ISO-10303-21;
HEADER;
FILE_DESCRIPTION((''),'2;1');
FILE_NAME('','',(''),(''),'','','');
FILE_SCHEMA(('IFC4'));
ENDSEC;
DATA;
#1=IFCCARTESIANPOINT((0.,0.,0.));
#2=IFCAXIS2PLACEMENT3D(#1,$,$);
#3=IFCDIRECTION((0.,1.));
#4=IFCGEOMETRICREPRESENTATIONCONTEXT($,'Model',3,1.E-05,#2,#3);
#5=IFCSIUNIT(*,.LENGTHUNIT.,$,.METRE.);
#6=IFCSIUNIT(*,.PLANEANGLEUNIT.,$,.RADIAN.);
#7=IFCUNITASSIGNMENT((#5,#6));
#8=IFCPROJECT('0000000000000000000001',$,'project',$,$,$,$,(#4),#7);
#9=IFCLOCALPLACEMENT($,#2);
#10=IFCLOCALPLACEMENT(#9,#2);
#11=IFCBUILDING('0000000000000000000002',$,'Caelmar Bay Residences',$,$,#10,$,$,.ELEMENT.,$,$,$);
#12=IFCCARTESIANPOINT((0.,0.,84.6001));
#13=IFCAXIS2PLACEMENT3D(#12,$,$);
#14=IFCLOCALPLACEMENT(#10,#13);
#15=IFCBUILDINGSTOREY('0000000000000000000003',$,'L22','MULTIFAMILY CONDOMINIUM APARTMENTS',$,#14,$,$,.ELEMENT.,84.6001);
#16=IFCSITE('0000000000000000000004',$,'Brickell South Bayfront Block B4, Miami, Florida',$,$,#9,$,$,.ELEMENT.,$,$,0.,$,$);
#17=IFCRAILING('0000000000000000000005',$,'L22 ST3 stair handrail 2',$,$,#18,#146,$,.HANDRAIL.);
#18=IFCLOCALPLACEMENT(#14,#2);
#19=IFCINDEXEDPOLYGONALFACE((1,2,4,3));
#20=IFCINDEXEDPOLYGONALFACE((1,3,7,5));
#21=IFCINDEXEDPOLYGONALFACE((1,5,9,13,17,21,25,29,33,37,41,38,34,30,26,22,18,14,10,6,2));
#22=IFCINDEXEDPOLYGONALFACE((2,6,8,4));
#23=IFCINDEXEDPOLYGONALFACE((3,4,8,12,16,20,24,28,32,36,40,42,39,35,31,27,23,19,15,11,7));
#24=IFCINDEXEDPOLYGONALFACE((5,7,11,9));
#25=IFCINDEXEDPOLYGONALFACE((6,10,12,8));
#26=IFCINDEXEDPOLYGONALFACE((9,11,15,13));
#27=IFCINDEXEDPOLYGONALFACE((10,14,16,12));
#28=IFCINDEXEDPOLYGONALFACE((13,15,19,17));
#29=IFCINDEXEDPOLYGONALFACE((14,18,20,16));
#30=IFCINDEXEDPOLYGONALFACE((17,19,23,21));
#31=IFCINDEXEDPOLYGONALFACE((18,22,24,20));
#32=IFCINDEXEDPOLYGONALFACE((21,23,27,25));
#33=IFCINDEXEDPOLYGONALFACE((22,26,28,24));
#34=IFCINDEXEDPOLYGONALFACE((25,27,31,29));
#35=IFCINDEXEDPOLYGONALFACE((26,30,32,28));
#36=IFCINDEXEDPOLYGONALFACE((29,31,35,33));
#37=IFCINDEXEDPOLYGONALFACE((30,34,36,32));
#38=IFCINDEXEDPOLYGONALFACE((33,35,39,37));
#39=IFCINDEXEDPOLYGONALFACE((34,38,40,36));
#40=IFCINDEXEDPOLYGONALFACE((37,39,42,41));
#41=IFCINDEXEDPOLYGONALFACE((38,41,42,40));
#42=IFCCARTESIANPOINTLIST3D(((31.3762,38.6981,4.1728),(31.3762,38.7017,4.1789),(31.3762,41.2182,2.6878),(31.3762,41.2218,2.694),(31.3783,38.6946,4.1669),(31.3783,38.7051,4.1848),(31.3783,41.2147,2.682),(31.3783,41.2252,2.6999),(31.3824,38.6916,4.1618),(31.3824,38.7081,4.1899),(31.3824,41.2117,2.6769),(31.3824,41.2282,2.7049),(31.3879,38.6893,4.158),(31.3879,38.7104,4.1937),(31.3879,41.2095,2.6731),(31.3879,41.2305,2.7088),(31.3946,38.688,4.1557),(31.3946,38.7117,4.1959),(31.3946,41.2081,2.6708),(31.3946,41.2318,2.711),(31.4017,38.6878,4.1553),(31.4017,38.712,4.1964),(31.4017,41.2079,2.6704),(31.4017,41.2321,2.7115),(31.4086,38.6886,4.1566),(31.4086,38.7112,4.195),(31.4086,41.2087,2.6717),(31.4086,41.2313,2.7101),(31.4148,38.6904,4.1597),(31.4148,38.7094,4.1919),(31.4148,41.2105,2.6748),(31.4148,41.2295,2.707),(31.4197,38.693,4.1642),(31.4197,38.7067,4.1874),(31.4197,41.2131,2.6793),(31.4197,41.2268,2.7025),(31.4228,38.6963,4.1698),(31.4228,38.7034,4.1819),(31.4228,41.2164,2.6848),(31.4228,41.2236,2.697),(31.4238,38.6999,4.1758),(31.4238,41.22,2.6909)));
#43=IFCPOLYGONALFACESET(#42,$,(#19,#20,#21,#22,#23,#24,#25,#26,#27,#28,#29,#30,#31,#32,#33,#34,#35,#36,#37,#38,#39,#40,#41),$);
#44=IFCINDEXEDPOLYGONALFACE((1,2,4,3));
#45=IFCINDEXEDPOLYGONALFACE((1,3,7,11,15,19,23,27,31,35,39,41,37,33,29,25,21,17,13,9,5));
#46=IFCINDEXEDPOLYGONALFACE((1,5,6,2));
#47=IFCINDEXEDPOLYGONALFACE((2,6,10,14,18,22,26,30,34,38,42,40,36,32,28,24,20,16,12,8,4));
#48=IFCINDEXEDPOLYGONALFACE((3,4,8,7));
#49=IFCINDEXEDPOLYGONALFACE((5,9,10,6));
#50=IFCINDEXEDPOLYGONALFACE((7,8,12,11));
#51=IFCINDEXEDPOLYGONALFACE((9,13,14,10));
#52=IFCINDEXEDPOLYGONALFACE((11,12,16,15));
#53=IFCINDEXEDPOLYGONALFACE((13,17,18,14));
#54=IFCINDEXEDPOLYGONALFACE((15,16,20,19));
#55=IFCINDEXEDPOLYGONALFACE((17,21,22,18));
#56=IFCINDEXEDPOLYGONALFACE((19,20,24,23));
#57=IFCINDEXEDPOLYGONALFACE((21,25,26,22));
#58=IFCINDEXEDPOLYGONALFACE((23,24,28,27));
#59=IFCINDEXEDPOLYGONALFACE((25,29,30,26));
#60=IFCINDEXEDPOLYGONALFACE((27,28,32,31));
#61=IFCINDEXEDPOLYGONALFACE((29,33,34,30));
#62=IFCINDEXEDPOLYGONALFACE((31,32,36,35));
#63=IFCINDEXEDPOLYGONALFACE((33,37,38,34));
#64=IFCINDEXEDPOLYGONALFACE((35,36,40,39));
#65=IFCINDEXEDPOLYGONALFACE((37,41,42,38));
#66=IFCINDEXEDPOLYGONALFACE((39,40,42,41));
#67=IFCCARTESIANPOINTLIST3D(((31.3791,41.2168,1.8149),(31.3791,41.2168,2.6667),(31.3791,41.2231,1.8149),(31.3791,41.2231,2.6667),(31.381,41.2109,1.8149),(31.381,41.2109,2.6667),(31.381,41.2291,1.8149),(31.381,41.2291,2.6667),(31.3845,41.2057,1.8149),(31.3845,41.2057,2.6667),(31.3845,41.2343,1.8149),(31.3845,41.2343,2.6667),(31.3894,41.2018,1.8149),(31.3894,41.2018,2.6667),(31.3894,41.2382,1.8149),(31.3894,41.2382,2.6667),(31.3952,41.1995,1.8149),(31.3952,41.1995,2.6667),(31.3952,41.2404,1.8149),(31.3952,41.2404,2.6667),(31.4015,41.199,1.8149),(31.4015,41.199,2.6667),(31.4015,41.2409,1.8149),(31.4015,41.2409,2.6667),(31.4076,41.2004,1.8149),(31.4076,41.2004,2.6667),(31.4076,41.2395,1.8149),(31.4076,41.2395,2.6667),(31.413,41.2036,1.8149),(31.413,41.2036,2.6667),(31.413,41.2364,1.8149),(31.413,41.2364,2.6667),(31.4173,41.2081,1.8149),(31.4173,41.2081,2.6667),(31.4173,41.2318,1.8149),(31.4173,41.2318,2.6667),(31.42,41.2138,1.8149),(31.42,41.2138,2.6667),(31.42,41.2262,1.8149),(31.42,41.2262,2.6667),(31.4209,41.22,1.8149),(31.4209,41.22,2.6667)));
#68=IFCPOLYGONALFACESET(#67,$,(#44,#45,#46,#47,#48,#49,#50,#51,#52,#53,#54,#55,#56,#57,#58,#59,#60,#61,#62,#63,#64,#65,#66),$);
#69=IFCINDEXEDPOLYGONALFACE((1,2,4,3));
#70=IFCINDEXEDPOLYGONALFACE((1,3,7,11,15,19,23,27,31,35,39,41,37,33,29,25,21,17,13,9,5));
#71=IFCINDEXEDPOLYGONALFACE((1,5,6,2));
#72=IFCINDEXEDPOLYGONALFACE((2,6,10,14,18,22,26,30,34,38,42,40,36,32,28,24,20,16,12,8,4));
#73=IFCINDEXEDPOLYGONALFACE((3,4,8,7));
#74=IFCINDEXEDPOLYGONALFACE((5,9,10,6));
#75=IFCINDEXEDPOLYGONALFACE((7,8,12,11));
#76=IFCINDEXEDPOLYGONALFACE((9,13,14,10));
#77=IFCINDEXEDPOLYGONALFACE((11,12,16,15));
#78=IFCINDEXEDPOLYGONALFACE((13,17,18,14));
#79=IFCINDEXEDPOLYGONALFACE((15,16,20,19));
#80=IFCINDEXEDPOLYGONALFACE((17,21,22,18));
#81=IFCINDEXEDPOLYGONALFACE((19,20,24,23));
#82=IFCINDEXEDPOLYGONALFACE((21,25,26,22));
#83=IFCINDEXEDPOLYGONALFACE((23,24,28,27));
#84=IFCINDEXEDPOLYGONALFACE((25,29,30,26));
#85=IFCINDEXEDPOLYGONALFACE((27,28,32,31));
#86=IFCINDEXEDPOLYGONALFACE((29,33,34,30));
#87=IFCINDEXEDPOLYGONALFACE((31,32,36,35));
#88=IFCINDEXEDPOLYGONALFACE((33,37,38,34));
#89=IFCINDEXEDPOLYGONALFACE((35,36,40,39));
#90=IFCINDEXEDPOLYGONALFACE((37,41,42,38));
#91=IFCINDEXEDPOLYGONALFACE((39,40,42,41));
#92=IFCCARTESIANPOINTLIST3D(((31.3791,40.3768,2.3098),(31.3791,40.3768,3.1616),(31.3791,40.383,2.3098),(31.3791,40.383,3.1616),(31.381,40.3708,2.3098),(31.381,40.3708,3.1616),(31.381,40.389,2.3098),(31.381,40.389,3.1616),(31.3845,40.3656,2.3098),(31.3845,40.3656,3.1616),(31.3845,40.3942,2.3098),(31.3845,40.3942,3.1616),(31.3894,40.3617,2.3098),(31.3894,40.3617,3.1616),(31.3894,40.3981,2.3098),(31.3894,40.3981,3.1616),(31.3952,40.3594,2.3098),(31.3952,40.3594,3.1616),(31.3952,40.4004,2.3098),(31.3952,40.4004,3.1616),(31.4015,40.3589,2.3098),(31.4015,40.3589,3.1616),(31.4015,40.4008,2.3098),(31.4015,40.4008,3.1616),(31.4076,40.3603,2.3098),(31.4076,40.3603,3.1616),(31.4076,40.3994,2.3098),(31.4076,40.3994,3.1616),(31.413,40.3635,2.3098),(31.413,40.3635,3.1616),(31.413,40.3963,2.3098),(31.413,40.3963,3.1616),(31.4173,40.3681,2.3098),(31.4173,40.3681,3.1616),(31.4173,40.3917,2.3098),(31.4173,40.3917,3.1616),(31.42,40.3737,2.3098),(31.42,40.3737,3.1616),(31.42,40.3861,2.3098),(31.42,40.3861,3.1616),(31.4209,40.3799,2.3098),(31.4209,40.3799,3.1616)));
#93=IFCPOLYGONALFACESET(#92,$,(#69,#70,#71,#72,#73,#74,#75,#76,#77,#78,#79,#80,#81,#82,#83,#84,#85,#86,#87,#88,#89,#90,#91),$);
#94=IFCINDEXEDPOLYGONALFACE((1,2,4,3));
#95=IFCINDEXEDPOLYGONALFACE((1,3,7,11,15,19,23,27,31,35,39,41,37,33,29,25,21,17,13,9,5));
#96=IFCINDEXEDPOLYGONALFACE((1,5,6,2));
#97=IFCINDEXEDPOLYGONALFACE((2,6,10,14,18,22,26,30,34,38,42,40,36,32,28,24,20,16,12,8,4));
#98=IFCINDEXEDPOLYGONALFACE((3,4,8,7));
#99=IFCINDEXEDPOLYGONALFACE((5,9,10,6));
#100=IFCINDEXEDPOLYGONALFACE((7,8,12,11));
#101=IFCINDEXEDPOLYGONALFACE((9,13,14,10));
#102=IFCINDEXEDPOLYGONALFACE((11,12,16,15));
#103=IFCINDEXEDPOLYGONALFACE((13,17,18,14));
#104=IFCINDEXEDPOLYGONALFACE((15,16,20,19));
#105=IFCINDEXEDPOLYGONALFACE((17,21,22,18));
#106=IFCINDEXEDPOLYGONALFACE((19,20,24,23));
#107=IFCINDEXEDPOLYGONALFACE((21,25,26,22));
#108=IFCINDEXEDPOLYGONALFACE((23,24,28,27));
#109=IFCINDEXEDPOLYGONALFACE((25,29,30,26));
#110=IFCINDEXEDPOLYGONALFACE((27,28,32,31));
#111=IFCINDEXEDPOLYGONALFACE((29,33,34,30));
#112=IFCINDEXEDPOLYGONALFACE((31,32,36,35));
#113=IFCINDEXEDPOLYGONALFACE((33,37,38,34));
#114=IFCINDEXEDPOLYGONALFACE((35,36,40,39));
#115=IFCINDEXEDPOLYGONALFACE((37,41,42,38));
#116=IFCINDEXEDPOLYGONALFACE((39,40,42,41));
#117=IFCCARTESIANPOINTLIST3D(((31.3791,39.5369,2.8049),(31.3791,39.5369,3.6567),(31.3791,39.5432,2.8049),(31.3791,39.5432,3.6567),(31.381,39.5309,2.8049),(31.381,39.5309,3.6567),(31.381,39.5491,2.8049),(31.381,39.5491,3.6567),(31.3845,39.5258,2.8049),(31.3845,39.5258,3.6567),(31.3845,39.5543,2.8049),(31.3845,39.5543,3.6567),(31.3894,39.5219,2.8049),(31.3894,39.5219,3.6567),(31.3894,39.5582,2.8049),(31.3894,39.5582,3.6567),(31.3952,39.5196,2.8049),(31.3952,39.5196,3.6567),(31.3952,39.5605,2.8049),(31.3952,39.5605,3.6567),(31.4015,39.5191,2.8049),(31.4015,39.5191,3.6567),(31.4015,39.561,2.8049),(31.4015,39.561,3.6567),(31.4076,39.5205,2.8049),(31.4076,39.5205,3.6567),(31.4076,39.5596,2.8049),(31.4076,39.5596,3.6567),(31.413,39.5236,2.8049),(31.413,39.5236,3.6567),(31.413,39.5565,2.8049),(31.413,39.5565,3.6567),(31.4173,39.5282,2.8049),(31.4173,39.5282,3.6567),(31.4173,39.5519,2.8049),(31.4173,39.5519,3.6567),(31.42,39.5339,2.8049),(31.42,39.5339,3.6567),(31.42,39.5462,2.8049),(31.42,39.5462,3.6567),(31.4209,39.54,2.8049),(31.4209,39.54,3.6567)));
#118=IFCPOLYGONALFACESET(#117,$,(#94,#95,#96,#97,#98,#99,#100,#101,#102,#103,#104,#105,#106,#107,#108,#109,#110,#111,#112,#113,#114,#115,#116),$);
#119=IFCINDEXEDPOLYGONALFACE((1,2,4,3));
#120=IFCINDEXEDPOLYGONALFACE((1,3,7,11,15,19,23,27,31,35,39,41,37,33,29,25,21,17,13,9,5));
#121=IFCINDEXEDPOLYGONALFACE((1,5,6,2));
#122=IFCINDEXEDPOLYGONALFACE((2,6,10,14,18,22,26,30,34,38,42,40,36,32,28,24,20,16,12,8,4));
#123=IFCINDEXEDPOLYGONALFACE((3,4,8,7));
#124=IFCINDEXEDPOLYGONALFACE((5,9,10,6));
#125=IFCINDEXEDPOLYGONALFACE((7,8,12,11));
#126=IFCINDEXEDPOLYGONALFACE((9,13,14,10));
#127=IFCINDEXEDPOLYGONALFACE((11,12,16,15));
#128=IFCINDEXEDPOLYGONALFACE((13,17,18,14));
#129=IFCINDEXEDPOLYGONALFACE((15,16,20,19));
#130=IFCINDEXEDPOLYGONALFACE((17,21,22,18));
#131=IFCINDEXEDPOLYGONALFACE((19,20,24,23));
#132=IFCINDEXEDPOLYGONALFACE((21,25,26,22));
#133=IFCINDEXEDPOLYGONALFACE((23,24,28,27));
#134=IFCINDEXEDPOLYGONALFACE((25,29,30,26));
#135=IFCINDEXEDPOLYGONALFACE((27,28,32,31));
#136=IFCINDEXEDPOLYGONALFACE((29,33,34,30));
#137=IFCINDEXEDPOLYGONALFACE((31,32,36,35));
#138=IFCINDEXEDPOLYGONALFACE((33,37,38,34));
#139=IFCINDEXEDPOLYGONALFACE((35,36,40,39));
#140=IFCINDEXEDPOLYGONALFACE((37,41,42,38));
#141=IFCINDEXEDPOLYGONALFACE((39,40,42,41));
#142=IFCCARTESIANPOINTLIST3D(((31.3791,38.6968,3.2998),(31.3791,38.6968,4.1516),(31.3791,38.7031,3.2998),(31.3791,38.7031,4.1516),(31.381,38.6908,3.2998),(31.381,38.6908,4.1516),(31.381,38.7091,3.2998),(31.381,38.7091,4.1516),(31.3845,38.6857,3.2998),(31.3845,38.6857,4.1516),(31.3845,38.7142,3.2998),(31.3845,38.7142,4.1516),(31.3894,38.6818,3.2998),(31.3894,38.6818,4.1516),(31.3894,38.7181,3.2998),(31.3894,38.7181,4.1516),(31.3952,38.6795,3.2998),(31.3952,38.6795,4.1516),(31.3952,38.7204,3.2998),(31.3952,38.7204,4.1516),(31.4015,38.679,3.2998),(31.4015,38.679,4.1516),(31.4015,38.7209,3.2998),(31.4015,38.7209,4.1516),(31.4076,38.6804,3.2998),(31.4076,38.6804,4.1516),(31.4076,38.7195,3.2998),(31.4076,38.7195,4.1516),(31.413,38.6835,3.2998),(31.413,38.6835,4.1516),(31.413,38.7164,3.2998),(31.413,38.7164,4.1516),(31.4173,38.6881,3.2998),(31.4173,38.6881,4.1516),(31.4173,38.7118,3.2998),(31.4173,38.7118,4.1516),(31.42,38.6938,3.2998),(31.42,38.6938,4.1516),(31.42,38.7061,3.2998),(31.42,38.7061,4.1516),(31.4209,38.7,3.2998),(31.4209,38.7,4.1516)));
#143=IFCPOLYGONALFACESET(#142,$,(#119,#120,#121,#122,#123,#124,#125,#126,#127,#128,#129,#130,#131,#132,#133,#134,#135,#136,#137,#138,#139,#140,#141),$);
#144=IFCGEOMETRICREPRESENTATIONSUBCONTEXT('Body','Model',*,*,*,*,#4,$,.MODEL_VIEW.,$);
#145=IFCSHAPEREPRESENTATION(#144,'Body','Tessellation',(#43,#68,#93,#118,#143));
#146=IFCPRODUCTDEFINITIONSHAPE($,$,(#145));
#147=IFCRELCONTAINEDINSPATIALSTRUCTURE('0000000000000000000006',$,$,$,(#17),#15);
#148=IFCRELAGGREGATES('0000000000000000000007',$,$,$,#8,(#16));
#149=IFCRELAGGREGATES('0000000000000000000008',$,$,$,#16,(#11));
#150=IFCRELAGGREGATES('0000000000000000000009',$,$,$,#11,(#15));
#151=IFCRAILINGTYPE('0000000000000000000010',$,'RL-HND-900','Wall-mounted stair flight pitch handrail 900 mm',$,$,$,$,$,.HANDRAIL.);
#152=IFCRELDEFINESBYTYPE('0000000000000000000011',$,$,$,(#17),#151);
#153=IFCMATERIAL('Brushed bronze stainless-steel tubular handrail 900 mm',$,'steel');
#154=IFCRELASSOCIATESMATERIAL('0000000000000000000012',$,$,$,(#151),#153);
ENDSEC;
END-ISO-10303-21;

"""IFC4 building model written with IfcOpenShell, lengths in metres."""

from ifc_helpers import new_model, si_unit, direction, frame, origin, origin_2d, place, context, subcontext, project, spatial, circle, extrude, material, type_object, element, save


model = new_model("IFC4")

# Units and contexts
model_context = context("Model", 3, precision=1e-05, world=origin(), true_north=direction((0.0, 1.0)))
body_context = subcontext(model_context, "Body", "Model", "MODEL_VIEW")
ifc_project = project(units=[si_unit("LENGTHUNIT", "METRE"), si_unit("PLANEANGLEUNIT", "RADIAN")], contexts=[model_context])

# Site, building, storey
site_placement = place(None, origin())
site = spatial("IfcSite", under=ifc_project, at=site_placement, Name="Brickell South Bayfront Block B4, Miami, Florida", CompositionType="ELEMENT", RefElevation=0.0)
building_placement = place(site_placement, origin())
building = spatial("IfcBuilding", under=site, at=building_placement, Name="Caelmar Bay Residences", CompositionType="ELEMENT")
storey_placement = place(building_placement, frame((0.0, 0.0, 84.6001)))
storey = spatial("IfcBuildingStorey", under=building, at=storey_placement, Name="L22", Description="MULTIFAMILY CONDOMINIUM APARTMENTS", CompositionType="ELEMENT", Elevation=84.6001)

# Railing
ifc_material_1 = material(Name="Brushed bronze stainless-steel tubular handrail 900 mm", Category="steel")
railing_type_1 = type_object("IfcRailingType", Name="RL-HND-900", Description="Wall-mounted stair flight pitch handrail 900 mm", PredefinedType="HANDRAIL", material=ifc_material_1)
railing_1_placement = place(storey_placement, frame((31.3999, 41.22, 1.8149)))
element("IfcRailing", 1, at=railing_1_placement, inside=storey, type_object=railing_type_1, Name="L22 ST3 stair handrail 2", PredefinedType="HANDRAIL", context=body_context, shape_type="SweptSolid", body=[
    extrude(circle(Radius=0.0239, at=origin_2d()), frame((0.0, 0.0, 0.876), z_axis=(0.0, -0.861561, 0.507655), x_axis=(1.0, 0.0, 0.0)), (0.0, 0.0, 1.0), 2.925),
    extrude(circle(Radius=0.021, at=origin_2d()), origin(), (0.0, 0.0, 1.0), 0.8518),
    extrude(circle(Radius=0.021, at=origin_2d()), frame((0.0, -0.8401, 0.4949)), (0.0, 0.0, 1.0), 0.8518),
    extrude(circle(Radius=0.021, at=origin_2d()), frame((0.0, -1.6799, 0.99)), (0.0, 0.0, 1.0), 0.8518),
    extrude(circle(Radius=0.021, at=origin_2d()), frame((0.0, -2.52, 1.4849)), (0.0, 0.0, 1.0), 0.8518),
])

save(model, "model.ifc")
